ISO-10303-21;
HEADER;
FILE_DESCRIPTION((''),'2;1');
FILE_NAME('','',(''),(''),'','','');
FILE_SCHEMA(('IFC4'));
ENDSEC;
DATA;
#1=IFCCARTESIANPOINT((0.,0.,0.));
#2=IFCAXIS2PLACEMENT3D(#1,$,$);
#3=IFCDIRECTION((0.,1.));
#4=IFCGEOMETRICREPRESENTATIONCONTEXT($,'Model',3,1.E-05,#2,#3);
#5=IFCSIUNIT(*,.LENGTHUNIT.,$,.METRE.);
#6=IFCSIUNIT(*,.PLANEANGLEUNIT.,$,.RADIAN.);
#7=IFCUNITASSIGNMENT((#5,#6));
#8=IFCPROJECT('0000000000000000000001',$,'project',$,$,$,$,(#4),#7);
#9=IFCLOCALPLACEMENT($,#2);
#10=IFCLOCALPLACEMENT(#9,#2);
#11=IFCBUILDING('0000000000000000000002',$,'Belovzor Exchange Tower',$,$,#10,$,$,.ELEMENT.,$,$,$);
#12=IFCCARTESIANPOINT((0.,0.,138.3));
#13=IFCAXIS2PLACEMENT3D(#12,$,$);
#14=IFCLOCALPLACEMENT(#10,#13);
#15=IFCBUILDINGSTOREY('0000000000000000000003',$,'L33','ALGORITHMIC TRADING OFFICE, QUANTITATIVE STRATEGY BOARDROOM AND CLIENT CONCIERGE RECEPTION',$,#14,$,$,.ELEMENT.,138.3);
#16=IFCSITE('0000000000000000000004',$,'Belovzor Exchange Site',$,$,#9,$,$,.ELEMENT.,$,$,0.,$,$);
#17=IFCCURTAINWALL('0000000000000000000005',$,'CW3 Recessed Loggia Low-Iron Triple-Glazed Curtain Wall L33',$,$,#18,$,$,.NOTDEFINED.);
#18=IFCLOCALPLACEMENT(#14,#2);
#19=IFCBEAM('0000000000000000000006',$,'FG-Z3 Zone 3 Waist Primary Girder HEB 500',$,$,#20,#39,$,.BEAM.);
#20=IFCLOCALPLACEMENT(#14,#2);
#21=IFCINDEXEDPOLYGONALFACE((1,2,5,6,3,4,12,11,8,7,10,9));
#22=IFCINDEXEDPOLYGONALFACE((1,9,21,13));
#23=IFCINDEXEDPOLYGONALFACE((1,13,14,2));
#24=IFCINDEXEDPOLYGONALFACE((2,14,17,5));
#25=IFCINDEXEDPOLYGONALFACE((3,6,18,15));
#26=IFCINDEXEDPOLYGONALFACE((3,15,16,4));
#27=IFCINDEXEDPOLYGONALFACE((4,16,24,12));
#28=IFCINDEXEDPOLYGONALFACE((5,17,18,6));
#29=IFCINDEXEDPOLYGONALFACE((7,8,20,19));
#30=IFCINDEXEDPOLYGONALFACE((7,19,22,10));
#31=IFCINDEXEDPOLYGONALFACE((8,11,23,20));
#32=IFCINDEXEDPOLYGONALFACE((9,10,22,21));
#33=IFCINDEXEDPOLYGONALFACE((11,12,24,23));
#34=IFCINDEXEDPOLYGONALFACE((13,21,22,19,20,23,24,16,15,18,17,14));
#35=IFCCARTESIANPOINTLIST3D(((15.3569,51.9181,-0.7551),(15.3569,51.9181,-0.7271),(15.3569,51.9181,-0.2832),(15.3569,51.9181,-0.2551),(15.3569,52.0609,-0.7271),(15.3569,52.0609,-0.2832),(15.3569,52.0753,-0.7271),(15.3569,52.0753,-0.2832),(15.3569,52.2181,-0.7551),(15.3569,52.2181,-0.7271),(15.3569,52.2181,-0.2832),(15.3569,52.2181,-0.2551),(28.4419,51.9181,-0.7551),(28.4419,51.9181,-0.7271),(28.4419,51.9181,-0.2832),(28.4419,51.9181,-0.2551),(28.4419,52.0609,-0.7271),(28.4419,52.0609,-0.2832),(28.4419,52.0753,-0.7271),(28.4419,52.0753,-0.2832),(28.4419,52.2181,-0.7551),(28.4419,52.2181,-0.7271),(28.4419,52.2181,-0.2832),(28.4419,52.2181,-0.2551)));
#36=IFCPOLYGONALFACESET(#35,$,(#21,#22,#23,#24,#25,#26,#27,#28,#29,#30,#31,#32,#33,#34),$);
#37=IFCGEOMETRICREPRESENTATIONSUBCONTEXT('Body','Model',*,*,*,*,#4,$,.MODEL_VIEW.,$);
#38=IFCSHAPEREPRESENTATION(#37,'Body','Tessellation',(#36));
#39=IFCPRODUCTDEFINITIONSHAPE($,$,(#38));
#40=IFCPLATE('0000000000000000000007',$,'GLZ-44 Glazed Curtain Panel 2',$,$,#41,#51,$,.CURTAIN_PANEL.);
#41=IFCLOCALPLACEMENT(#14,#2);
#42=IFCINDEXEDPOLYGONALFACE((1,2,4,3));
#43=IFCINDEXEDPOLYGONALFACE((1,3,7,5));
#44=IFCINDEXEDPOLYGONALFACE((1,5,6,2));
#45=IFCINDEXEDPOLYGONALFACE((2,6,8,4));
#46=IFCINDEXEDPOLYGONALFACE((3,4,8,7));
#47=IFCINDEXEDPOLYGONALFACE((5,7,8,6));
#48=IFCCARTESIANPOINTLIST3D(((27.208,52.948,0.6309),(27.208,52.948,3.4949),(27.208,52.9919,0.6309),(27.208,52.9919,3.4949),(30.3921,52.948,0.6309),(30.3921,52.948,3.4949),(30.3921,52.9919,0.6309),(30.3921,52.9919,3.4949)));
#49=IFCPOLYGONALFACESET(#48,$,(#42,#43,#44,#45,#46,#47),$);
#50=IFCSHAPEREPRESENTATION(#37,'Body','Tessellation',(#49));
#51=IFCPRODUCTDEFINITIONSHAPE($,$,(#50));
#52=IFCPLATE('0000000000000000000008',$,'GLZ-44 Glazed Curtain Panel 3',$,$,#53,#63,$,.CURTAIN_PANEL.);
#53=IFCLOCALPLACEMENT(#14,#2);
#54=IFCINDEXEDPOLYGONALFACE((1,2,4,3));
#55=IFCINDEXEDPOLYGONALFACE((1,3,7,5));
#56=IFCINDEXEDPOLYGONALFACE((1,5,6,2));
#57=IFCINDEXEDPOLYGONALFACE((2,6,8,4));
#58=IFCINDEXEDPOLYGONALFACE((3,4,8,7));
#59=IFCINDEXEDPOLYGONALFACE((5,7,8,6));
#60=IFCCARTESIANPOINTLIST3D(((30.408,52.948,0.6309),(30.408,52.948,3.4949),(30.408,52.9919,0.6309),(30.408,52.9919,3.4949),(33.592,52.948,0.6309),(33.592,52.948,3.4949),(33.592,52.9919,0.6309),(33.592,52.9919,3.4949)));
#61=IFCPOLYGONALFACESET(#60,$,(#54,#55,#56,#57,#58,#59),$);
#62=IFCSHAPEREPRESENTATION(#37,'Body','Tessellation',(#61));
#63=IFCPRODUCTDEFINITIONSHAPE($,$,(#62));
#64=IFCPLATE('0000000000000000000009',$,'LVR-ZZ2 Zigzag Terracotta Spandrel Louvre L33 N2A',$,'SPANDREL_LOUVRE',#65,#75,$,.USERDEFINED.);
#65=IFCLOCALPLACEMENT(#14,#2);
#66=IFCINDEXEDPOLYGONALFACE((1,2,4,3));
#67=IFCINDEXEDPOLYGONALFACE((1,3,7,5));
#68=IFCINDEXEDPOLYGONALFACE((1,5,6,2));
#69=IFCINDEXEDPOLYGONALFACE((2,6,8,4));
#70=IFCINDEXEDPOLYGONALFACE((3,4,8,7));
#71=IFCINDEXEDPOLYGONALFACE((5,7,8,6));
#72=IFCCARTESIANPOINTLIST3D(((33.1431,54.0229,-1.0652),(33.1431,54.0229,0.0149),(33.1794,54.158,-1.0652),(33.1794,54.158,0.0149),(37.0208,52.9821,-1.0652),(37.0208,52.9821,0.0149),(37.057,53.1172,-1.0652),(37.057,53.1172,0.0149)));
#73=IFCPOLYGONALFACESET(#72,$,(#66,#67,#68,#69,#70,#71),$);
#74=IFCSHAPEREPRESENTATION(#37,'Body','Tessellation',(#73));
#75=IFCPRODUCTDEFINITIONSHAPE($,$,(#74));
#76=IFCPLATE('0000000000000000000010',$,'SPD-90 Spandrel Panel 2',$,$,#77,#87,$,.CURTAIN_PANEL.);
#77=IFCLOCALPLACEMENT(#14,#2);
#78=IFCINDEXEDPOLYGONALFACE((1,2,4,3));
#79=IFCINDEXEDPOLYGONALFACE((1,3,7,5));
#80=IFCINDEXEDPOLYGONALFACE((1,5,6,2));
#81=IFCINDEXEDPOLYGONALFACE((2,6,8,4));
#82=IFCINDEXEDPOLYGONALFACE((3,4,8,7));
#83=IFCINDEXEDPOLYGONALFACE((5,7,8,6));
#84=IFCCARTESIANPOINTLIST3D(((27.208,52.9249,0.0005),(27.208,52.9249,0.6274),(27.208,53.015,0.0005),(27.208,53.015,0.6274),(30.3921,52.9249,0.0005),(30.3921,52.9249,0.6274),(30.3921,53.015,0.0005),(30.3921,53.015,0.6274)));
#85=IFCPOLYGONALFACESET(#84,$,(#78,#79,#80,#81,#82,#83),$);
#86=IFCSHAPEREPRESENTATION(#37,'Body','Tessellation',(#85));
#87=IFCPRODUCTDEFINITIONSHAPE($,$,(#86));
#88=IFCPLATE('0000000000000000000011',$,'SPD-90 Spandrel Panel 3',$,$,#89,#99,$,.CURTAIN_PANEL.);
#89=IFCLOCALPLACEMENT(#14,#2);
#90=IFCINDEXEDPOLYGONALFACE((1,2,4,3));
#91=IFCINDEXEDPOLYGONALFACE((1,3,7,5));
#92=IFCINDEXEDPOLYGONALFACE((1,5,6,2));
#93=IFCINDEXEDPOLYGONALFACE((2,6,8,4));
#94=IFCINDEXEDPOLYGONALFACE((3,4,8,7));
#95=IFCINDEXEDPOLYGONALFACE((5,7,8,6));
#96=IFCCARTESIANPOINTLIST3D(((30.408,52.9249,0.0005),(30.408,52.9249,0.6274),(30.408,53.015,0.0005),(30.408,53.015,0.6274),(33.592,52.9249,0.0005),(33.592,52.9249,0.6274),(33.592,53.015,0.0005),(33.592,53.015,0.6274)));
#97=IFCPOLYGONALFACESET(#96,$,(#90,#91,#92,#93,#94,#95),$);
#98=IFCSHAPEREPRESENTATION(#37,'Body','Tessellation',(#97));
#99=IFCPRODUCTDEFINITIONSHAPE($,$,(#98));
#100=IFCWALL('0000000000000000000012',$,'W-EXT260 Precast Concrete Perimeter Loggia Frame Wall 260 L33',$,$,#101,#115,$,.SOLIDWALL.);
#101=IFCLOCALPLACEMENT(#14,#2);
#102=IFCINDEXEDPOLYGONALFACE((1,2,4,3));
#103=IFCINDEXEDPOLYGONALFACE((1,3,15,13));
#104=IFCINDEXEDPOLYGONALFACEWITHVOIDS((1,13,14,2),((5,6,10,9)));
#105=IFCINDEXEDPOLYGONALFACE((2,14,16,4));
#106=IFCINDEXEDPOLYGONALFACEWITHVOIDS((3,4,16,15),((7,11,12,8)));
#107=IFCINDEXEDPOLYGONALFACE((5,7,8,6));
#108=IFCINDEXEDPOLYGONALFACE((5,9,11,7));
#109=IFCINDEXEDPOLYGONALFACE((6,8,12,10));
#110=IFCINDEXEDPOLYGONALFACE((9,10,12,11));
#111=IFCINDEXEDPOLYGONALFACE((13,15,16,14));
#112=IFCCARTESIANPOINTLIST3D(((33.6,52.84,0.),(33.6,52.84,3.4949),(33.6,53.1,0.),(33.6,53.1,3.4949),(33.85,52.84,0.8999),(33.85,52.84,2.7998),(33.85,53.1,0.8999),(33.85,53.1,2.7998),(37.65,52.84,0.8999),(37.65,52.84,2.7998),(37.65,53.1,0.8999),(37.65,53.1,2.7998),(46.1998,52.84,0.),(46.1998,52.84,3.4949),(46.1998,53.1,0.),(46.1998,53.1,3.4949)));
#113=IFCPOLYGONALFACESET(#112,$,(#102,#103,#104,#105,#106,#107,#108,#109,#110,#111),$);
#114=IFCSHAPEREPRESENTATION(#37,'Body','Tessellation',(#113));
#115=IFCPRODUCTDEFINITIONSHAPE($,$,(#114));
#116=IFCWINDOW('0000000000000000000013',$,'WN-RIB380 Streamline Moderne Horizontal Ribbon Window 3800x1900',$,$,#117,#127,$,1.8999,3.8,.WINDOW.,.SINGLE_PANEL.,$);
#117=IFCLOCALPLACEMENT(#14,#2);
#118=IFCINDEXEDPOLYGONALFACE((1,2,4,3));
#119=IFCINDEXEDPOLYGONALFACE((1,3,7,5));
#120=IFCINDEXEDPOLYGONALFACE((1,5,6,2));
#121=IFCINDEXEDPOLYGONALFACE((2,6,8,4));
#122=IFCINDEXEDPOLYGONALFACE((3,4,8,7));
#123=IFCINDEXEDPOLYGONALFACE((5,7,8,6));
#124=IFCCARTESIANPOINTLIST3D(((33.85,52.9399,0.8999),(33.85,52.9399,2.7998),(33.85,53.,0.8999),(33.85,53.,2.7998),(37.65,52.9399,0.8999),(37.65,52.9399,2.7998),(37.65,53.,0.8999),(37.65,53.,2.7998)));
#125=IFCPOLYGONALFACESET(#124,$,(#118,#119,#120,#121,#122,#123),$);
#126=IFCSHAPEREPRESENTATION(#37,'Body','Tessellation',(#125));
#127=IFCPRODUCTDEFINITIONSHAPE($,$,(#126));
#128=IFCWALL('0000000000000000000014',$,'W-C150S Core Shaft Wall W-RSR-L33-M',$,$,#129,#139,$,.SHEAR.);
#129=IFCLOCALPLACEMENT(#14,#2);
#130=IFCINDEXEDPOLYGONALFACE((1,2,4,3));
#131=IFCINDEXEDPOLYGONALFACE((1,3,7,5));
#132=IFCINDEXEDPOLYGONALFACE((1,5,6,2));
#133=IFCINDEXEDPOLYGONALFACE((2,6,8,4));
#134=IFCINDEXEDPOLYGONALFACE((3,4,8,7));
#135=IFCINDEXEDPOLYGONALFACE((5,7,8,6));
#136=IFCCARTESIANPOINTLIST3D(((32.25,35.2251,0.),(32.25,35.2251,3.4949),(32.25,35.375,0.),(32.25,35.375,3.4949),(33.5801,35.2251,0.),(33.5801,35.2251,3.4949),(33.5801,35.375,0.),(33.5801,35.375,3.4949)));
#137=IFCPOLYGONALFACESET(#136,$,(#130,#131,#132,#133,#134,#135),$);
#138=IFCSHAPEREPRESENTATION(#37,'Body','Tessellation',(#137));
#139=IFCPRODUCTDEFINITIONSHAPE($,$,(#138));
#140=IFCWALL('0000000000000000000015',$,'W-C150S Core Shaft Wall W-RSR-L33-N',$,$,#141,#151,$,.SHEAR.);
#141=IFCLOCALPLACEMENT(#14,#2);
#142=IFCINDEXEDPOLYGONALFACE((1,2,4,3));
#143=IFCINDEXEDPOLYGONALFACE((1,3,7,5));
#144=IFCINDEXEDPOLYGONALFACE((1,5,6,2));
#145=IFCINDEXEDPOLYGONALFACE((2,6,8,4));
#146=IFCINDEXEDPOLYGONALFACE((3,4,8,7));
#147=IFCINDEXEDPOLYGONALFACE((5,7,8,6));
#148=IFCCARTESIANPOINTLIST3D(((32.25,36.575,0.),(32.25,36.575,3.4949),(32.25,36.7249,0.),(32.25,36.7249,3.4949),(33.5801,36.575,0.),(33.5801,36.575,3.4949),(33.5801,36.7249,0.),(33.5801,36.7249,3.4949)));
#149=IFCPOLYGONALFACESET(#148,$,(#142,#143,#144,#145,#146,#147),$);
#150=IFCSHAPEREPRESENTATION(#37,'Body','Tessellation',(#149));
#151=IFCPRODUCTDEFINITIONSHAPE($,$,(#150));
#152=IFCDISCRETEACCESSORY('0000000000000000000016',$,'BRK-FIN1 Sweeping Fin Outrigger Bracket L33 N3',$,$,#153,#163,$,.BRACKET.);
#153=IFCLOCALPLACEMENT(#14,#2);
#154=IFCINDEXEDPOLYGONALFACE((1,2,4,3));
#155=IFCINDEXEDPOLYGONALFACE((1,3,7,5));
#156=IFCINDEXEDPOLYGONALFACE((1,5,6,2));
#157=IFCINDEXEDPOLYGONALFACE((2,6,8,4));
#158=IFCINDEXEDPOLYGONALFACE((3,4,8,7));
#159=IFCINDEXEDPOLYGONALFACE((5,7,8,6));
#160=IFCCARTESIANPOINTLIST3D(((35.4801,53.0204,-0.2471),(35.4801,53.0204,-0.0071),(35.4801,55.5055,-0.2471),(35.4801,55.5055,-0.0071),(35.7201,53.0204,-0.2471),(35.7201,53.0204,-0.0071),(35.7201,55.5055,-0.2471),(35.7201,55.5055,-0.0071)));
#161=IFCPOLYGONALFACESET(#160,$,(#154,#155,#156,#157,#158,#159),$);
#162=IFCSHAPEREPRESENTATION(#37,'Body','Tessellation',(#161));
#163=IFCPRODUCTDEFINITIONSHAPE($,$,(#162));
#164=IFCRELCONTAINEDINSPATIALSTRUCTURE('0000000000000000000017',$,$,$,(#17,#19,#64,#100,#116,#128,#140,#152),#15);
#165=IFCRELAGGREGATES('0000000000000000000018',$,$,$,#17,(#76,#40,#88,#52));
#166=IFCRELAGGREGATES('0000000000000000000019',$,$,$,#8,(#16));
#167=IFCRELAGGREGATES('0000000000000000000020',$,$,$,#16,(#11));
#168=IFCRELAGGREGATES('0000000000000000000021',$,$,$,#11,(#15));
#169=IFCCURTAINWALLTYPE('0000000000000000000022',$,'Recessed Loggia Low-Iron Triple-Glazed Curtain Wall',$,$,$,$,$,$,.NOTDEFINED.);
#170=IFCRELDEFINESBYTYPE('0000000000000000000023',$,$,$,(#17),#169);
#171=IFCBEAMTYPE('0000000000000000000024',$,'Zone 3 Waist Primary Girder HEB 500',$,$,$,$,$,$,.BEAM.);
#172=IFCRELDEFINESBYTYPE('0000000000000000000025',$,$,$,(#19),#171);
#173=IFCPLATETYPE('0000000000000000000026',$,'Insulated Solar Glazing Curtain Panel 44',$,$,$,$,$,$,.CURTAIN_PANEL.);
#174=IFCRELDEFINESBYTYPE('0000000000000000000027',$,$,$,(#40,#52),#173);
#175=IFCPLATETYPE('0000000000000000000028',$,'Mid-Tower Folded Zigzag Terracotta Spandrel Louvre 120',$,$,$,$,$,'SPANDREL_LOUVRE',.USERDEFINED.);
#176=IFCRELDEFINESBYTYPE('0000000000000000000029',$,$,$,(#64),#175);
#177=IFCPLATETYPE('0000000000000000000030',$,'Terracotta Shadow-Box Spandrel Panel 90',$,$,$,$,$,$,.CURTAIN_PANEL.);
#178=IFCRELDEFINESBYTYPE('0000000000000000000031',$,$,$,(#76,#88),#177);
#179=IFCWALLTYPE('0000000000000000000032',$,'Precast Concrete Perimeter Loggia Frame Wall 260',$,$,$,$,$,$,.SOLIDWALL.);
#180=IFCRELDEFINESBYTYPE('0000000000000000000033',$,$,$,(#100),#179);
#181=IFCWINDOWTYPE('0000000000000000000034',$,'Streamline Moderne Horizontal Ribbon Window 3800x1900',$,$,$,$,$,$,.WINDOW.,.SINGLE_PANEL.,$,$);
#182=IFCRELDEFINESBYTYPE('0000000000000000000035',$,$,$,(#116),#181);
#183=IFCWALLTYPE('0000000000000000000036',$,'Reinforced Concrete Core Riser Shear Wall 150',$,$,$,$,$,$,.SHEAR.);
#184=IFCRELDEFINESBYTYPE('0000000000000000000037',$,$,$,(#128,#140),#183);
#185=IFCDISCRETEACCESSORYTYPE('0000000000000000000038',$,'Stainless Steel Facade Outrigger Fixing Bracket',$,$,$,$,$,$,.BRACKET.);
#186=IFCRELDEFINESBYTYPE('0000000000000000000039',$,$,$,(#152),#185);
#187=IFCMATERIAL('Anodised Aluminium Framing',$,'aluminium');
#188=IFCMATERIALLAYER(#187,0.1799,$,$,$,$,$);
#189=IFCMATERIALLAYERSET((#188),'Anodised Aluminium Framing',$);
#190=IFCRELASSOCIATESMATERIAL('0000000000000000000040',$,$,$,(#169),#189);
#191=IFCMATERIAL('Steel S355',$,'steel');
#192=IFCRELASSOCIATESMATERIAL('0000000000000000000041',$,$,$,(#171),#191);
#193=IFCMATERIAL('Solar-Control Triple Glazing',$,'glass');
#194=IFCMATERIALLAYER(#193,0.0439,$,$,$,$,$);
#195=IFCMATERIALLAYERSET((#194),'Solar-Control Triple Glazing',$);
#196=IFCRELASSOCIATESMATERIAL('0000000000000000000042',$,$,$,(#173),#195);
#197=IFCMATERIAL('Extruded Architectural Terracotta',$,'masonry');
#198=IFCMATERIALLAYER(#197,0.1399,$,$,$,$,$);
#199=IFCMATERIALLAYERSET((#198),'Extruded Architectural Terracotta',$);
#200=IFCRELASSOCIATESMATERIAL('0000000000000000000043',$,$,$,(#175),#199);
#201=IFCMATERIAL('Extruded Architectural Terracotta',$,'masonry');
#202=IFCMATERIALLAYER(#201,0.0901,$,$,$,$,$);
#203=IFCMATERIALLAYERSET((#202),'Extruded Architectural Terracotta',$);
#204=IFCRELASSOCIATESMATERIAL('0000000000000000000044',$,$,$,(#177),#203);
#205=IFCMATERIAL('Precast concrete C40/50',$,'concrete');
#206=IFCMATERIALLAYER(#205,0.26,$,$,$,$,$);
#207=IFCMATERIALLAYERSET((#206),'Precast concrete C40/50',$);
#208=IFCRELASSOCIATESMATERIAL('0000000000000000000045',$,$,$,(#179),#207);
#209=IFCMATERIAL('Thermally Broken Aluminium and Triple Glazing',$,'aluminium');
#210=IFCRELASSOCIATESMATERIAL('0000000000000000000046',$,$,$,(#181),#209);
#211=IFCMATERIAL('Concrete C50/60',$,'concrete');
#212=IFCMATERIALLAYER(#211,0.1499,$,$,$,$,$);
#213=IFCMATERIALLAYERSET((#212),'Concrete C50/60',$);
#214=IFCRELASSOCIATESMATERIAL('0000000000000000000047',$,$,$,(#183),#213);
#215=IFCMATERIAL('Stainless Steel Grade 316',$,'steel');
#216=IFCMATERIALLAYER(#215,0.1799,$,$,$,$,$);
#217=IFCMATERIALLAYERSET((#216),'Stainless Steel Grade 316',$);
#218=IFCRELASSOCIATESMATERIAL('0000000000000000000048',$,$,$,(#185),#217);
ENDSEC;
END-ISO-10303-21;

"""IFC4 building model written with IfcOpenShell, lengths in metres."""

from ifc_helpers import new_model, si_unit, direction, frame, frame_2d, origin, origin_2d, place, context, subcontext, project, spatial, rectangle, i_section, extrude, material, layer, layer_set, material_profile, profile_set, type_object, element, fill, aggregate, save


model = new_model("IFC4")

# Units and contexts
model_context = context("Model", 3, precision=1e-05, world=origin(), true_north=direction((0.0, 1.0)))
body_context = subcontext(model_context, "Body", "Model", "MODEL_VIEW")
ifc_project = project(units=[si_unit("LENGTHUNIT", "METRE"), si_unit("PLANEANGLEUNIT", "RADIAN")], contexts=[model_context])

# Site, building, storey
site_placement = place(None, origin())
site = spatial("IfcSite", under=ifc_project, at=site_placement, Name="Belovzor Exchange Site", CompositionType="ELEMENT", RefElevation=0.0)
building_placement = place(site_placement, origin())
building = spatial("IfcBuilding", under=site, at=building_placement, Name="Belovzor Exchange Tower", CompositionType="ELEMENT")
storey_placement = place(building_placement, frame((0.0, 0.0, 138.3)))
storey = spatial("IfcBuildingStorey", under=building, at=storey_placement, Name="L33", Description="ALGORITHMIC TRADING OFFICE, QUANTITATIVE STRATEGY BOARDROOM AND CLIENT CONCIERGE RECEPTION", CompositionType="ELEMENT", Elevation=138.3)

# Curtain wall
ifc_material_1 = material(Name="Anodised Aluminium Framing", Category="aluminium")
ifc_layer_1 = layer(ifc_material_1, 0.1799)
ifc_layer_set_1 = layer_set([ifc_layer_1], Name="Anodised Aluminium Framing")
curtain_wall_type = type_object("IfcCurtainWallType", Name="Recessed Loggia Low-Iron Triple-Glazed Curtain Wall", PredefinedType="NOTDEFINED", material=ifc_layer_set_1)
curtain_wall_placement = place(storey_placement, origin())
curtain_wall = element("IfcCurtainWall", 1, at=curtain_wall_placement, inside=storey, type_object=curtain_wall_type, Name="CW3 Recessed Loggia Low-Iron Triple-Glazed Curtain Wall L33", PredefinedType="NOTDEFINED")

# Beam
ifc_material_2 = material(Name="Steel S355", Category="steel")
ifc_material_profile_1 = material_profile(ifc_material_2, i_section(OverallWidth=0.3, OverallDepth=0.5, WebThickness=0.0144, FlangeThickness=0.0281, at=origin_2d()))
ifc_profile_set_1 = profile_set([ifc_material_profile_1], Name="Steel S355")
beam_type_1 = type_object("IfcBeamType", Name="Zone 3 Waist Primary Girder HEB 500", PredefinedType="BEAM", material=ifc_profile_set_1)
beam_1_placement = place(storey_placement, frame((28.4419, 52.0681, -0.5051), z_axis=(-1.0, 0.0, 0.0), x_axis=(0.0, -1.0, 0.0)))
element("IfcBeam", 2, at=beam_1_placement, inside=storey, type_object=beam_type_1, Name="FG-Z3 Zone 3 Waist Primary Girder HEB 500", PredefinedType="BEAM", context=body_context, shape_type="SweptSolid", body=[
    extrude(i_section(OverallWidth=0.3, OverallDepth=0.5, WebThickness=0.0144, FlangeThickness=0.0281, at=origin_2d()), origin(), (0.0, 0.0, 1.0), 13.085),
])

# Plates
ifc_material_3 = material(Name="Solar-Control Triple Glazing", Category="glass")
ifc_layer_2 = layer(ifc_material_3, 0.0439)
ifc_layer_set_2 = layer_set([ifc_layer_2], Name="Solar-Control Triple Glazing")
plate_type_1 = type_object("IfcPlateType", Name="Insulated Solar Glazing Curtain Panel 44", PredefinedType="CURTAIN_PANEL", material=ifc_layer_set_2)
plate_1_placement = place(storey_placement, frame((28.8, 52.97, 0.6309), z_axis=(0.0, 0.0, 1.0), x_axis=(1.0, 0.0, 0.0)))
plate_1 = element("IfcPlate", 3, at=plate_1_placement, type_object=plate_type_1, Name="GLZ-44 Glazed Curtain Panel 2", PredefinedType="CURTAIN_PANEL", context=body_context, shape_type="SweptSolid", body=[
    extrude(rectangle(XDim=3.1841, YDim=0.0439, at=origin_2d()), origin(), (0.0, 0.0, 1.0), 2.864),
])
plate_2_placement = place(storey_placement, frame((32.0, 52.97, 0.6309), z_axis=(0.0, 0.0, 1.0), x_axis=(1.0, 0.0, 0.0)))
plate_2 = element("IfcPlate", 4, at=plate_2_placement, type_object=plate_type_1, Name="GLZ-44 Glazed Curtain Panel 3", PredefinedType="CURTAIN_PANEL", context=body_context, shape_type="SweptSolid", body=[
    extrude(rectangle(XDim=3.1841, YDim=0.0439, at=origin_2d()), origin(), (0.0, 0.0, 1.0), 2.864),
])
ifc_material_4 = material(Name="Extruded Architectural Terracotta", Category="masonry")
ifc_layer_3 = layer(ifc_material_4, 0.1399)
ifc_layer_set_3 = layer_set([ifc_layer_3], Name="Extruded Architectural Terracotta")
plate_type_2 = type_object("IfcPlateType", Name="Mid-Tower Folded Zigzag Terracotta Spandrel Louvre 120", ElementType="SPANDREL_LOUVRE", PredefinedType="USERDEFINED", material=ifc_layer_set_3)
plate_3_placement = place(storey_placement, frame((35.1001, 53.5701, -1.0652), z_axis=(0.0, 0.0, 1.0), x_axis=(0.965813, -0.25924, 0.0)))
element("IfcPlate", 5, at=plate_3_placement, inside=storey, type_object=plate_type_2, Name="LVR-ZZ2 Zigzag Terracotta Spandrel Louvre L33 N2A", ObjectType="SPANDREL_LOUVRE", PredefinedType="USERDEFINED", context=body_context, shape_type="SweptSolid", body=[
    extrude(rectangle(XDim=4.0149, YDim=0.1399, at=origin_2d()), origin(), (0.0, 0.0, 1.0), 1.0801),
])
ifc_material_5 = material(Name="Extruded Architectural Terracotta", Category="masonry")
ifc_layer_4 = layer(ifc_material_5, 0.0901)
ifc_layer_set_4 = layer_set([ifc_layer_4], Name="Extruded Architectural Terracotta")
plate_type_3 = type_object("IfcPlateType", Name="Terracotta Shadow-Box Spandrel Panel 90", PredefinedType="CURTAIN_PANEL", material=ifc_layer_set_4)
plate_4_placement = place(storey_placement, frame((28.8, 52.97, 0.0005), z_axis=(0.0, 0.0, 1.0), x_axis=(1.0, 0.0, 0.0)))
plate_4 = element("IfcPlate", 6, at=plate_4_placement, type_object=plate_type_3, Name="SPD-90 Spandrel Panel 2", PredefinedType="CURTAIN_PANEL", context=body_context, shape_type="SweptSolid", body=[
    extrude(rectangle(XDim=3.1841, YDim=0.0901, at=origin_2d()), origin(), (0.0, 0.0, 1.0), 0.627),
])
plate_5_placement = place(storey_placement, frame((32.0, 52.97, 0.0005), z_axis=(0.0, 0.0, 1.0), x_axis=(1.0, 0.0, 0.0)))
plate_5 = element("IfcPlate", 7, at=plate_5_placement, type_object=plate_type_3, Name="SPD-90 Spandrel Panel 3", PredefinedType="CURTAIN_PANEL", context=body_context, shape_type="SweptSolid", body=[
    extrude(rectangle(XDim=3.1841, YDim=0.0901, at=origin_2d()), origin(), (0.0, 0.0, 1.0), 0.627),
])
aggregate(curtain_wall, [plate_4, plate_1, plate_5, plate_2])

# Wall, opening, window
ifc_material_6 = material(Name="Precast concrete C40/50", Category="concrete")
ifc_layer_5 = layer(ifc_material_6, 0.26)
ifc_layer_set_5 = layer_set([ifc_layer_5], Name="Precast concrete C40/50")
wall_type_1 = type_object("IfcWallType", Name="Precast Concrete Perimeter Loggia Frame Wall 260", PredefinedType="SOLIDWALL", material=ifc_layer_set_5)
wall_placement = place(storey_placement, frame((33.6001, 52.97, 0.0), z_axis=(0.0, 0.0, 1.0), x_axis=(1.0, 0.0, 0.0)))
wall = element("IfcWall", 8, at=wall_placement, inside=storey, type_object=wall_type_1, Name="W-EXT260 Precast Concrete Perimeter Loggia Frame Wall 260 L33", PredefinedType="SOLIDWALL", context=body_context, shape_type="SweptSolid", body=[
    extrude(rectangle(XDim=12.5999, YDim=0.26, at=frame_2d((6.2998, 0.0))), origin(), (0.0, 0.0, 1.0), 3.4949),
])
opening_placement = place(wall_placement, frame((0.25, 0.0, 0.8999)))
opening = element("IfcOpeningElement", 9, at=opening_placement, cuts=wall, PredefinedType="OPENING", context=body_context, shape_type="SweptSolid", body=[
    extrude(rectangle(XDim=3.8, YDim=1.8999, at=frame_2d((1.8999, 0.95))), frame((0.0, 0.1399, 0.0), z_axis=(0.0, -1.0, 0.0), x_axis=(1.0, 0.0, 0.0)), (0.0, 0.0, 1.0), 0.28),
])
ifc_material_7 = material(Name="Thermally Broken Aluminium and Triple Glazing", Category="aluminium")
window_type = type_object("IfcWindowType", Name="Streamline Moderne Horizontal Ribbon Window 3800x1900", PartitioningType="SINGLE_PANEL", PredefinedType="WINDOW", material=ifc_material_7)
window_placement = place(opening_placement, origin())
window = element("IfcWindow", 10, at=window_placement, inside=storey, type_object=window_type, Name="WN-RIB380 Streamline Moderne Horizontal Ribbon Window 3800x1900", OverallHeight=1.8999, OverallWidth=3.8, PartitioningType="SINGLE_PANEL", PredefinedType="WINDOW", context=body_context, shape_type="SweptSolid", body=[
    extrude(rectangle(XDim=3.8, YDim=1.8999, at=frame_2d((1.8999, 0.95))), frame((0.0, 0.03, 0.0), z_axis=(0.0, -1.0, 0.0), x_axis=(1.0, 0.0, 0.0)), (0.0, 0.0, 1.0), 0.0601),
])
fill(opening, window)

# Walls
ifc_material_8 = material(Name="Concrete C50/60", Category="concrete")
ifc_layer_6 = layer(ifc_material_8, 0.1499)
ifc_layer_set_6 = layer_set([ifc_layer_6], Name="Concrete C50/60")
wall_type_2 = type_object("IfcWallType", Name="Reinforced Concrete Core Riser Shear Wall 150", PredefinedType="SHEAR", material=ifc_layer_set_6)
for number, where, z_axis, x_axis, name in (
    (11, (32.25, 35.3, 0.0), (0.0, 0.0, 1.0), (1.0, 0.0, 0.0), "W-C150S Core Shaft Wall W-RSR-L33-M"),
    (12, (32.25, 36.6499, 0.0), (0.0, 0.0, 1.0), (1.0, 0.0, 0.0), "W-C150S Core Shaft Wall W-RSR-L33-N"),
):
    element("IfcWall", number, at=place(storey_placement, frame(where, z_axis=z_axis, x_axis=x_axis)), inside=storey, type_object=wall_type_2, Name=name, PredefinedType="SHEAR", context=body_context, shape_type="SweptSolid", body=[
        extrude(rectangle(XDim=1.3301, YDim=0.1499, at=frame_2d((0.665, 0.0))), origin(), (0.0, 0.0, 1.0), 3.4949),
    ])

# Discrete accessory
ifc_material_9 = material(Name="Stainless Steel Grade 316", Category="steel")
ifc_layer_7 = layer(ifc_material_9, 0.1799)
ifc_layer_set_7 = layer_set([ifc_layer_7], Name="Stainless Steel Grade 316")
discrete_accessory_type = type_object("IfcDiscreteAccessoryType", Name="Stainless Steel Facade Outrigger Fixing Bracket", PredefinedType="BRACKET", material=ifc_layer_set_7)
discrete_accessory_placement = place(storey_placement, frame((35.6001, 54.2629, -0.2471), z_axis=(0.0, 0.0, 1.0), x_axis=(0.0, 1.0, 0.0)))
element("IfcDiscreteAccessory", 13, at=discrete_accessory_placement, inside=storey, type_object=discrete_accessory_type, Name="BRK-FIN1 Sweeping Fin Outrigger Bracket L33 N3", PredefinedType="BRACKET", context=body_context, shape_type="SweptSolid", body=[
    extrude(rectangle(XDim=2.4851, YDim=0.24, at=origin_2d()), origin(), (0.0, 0.0, 1.0), 0.24),
])

save(model, "model.ifc")
